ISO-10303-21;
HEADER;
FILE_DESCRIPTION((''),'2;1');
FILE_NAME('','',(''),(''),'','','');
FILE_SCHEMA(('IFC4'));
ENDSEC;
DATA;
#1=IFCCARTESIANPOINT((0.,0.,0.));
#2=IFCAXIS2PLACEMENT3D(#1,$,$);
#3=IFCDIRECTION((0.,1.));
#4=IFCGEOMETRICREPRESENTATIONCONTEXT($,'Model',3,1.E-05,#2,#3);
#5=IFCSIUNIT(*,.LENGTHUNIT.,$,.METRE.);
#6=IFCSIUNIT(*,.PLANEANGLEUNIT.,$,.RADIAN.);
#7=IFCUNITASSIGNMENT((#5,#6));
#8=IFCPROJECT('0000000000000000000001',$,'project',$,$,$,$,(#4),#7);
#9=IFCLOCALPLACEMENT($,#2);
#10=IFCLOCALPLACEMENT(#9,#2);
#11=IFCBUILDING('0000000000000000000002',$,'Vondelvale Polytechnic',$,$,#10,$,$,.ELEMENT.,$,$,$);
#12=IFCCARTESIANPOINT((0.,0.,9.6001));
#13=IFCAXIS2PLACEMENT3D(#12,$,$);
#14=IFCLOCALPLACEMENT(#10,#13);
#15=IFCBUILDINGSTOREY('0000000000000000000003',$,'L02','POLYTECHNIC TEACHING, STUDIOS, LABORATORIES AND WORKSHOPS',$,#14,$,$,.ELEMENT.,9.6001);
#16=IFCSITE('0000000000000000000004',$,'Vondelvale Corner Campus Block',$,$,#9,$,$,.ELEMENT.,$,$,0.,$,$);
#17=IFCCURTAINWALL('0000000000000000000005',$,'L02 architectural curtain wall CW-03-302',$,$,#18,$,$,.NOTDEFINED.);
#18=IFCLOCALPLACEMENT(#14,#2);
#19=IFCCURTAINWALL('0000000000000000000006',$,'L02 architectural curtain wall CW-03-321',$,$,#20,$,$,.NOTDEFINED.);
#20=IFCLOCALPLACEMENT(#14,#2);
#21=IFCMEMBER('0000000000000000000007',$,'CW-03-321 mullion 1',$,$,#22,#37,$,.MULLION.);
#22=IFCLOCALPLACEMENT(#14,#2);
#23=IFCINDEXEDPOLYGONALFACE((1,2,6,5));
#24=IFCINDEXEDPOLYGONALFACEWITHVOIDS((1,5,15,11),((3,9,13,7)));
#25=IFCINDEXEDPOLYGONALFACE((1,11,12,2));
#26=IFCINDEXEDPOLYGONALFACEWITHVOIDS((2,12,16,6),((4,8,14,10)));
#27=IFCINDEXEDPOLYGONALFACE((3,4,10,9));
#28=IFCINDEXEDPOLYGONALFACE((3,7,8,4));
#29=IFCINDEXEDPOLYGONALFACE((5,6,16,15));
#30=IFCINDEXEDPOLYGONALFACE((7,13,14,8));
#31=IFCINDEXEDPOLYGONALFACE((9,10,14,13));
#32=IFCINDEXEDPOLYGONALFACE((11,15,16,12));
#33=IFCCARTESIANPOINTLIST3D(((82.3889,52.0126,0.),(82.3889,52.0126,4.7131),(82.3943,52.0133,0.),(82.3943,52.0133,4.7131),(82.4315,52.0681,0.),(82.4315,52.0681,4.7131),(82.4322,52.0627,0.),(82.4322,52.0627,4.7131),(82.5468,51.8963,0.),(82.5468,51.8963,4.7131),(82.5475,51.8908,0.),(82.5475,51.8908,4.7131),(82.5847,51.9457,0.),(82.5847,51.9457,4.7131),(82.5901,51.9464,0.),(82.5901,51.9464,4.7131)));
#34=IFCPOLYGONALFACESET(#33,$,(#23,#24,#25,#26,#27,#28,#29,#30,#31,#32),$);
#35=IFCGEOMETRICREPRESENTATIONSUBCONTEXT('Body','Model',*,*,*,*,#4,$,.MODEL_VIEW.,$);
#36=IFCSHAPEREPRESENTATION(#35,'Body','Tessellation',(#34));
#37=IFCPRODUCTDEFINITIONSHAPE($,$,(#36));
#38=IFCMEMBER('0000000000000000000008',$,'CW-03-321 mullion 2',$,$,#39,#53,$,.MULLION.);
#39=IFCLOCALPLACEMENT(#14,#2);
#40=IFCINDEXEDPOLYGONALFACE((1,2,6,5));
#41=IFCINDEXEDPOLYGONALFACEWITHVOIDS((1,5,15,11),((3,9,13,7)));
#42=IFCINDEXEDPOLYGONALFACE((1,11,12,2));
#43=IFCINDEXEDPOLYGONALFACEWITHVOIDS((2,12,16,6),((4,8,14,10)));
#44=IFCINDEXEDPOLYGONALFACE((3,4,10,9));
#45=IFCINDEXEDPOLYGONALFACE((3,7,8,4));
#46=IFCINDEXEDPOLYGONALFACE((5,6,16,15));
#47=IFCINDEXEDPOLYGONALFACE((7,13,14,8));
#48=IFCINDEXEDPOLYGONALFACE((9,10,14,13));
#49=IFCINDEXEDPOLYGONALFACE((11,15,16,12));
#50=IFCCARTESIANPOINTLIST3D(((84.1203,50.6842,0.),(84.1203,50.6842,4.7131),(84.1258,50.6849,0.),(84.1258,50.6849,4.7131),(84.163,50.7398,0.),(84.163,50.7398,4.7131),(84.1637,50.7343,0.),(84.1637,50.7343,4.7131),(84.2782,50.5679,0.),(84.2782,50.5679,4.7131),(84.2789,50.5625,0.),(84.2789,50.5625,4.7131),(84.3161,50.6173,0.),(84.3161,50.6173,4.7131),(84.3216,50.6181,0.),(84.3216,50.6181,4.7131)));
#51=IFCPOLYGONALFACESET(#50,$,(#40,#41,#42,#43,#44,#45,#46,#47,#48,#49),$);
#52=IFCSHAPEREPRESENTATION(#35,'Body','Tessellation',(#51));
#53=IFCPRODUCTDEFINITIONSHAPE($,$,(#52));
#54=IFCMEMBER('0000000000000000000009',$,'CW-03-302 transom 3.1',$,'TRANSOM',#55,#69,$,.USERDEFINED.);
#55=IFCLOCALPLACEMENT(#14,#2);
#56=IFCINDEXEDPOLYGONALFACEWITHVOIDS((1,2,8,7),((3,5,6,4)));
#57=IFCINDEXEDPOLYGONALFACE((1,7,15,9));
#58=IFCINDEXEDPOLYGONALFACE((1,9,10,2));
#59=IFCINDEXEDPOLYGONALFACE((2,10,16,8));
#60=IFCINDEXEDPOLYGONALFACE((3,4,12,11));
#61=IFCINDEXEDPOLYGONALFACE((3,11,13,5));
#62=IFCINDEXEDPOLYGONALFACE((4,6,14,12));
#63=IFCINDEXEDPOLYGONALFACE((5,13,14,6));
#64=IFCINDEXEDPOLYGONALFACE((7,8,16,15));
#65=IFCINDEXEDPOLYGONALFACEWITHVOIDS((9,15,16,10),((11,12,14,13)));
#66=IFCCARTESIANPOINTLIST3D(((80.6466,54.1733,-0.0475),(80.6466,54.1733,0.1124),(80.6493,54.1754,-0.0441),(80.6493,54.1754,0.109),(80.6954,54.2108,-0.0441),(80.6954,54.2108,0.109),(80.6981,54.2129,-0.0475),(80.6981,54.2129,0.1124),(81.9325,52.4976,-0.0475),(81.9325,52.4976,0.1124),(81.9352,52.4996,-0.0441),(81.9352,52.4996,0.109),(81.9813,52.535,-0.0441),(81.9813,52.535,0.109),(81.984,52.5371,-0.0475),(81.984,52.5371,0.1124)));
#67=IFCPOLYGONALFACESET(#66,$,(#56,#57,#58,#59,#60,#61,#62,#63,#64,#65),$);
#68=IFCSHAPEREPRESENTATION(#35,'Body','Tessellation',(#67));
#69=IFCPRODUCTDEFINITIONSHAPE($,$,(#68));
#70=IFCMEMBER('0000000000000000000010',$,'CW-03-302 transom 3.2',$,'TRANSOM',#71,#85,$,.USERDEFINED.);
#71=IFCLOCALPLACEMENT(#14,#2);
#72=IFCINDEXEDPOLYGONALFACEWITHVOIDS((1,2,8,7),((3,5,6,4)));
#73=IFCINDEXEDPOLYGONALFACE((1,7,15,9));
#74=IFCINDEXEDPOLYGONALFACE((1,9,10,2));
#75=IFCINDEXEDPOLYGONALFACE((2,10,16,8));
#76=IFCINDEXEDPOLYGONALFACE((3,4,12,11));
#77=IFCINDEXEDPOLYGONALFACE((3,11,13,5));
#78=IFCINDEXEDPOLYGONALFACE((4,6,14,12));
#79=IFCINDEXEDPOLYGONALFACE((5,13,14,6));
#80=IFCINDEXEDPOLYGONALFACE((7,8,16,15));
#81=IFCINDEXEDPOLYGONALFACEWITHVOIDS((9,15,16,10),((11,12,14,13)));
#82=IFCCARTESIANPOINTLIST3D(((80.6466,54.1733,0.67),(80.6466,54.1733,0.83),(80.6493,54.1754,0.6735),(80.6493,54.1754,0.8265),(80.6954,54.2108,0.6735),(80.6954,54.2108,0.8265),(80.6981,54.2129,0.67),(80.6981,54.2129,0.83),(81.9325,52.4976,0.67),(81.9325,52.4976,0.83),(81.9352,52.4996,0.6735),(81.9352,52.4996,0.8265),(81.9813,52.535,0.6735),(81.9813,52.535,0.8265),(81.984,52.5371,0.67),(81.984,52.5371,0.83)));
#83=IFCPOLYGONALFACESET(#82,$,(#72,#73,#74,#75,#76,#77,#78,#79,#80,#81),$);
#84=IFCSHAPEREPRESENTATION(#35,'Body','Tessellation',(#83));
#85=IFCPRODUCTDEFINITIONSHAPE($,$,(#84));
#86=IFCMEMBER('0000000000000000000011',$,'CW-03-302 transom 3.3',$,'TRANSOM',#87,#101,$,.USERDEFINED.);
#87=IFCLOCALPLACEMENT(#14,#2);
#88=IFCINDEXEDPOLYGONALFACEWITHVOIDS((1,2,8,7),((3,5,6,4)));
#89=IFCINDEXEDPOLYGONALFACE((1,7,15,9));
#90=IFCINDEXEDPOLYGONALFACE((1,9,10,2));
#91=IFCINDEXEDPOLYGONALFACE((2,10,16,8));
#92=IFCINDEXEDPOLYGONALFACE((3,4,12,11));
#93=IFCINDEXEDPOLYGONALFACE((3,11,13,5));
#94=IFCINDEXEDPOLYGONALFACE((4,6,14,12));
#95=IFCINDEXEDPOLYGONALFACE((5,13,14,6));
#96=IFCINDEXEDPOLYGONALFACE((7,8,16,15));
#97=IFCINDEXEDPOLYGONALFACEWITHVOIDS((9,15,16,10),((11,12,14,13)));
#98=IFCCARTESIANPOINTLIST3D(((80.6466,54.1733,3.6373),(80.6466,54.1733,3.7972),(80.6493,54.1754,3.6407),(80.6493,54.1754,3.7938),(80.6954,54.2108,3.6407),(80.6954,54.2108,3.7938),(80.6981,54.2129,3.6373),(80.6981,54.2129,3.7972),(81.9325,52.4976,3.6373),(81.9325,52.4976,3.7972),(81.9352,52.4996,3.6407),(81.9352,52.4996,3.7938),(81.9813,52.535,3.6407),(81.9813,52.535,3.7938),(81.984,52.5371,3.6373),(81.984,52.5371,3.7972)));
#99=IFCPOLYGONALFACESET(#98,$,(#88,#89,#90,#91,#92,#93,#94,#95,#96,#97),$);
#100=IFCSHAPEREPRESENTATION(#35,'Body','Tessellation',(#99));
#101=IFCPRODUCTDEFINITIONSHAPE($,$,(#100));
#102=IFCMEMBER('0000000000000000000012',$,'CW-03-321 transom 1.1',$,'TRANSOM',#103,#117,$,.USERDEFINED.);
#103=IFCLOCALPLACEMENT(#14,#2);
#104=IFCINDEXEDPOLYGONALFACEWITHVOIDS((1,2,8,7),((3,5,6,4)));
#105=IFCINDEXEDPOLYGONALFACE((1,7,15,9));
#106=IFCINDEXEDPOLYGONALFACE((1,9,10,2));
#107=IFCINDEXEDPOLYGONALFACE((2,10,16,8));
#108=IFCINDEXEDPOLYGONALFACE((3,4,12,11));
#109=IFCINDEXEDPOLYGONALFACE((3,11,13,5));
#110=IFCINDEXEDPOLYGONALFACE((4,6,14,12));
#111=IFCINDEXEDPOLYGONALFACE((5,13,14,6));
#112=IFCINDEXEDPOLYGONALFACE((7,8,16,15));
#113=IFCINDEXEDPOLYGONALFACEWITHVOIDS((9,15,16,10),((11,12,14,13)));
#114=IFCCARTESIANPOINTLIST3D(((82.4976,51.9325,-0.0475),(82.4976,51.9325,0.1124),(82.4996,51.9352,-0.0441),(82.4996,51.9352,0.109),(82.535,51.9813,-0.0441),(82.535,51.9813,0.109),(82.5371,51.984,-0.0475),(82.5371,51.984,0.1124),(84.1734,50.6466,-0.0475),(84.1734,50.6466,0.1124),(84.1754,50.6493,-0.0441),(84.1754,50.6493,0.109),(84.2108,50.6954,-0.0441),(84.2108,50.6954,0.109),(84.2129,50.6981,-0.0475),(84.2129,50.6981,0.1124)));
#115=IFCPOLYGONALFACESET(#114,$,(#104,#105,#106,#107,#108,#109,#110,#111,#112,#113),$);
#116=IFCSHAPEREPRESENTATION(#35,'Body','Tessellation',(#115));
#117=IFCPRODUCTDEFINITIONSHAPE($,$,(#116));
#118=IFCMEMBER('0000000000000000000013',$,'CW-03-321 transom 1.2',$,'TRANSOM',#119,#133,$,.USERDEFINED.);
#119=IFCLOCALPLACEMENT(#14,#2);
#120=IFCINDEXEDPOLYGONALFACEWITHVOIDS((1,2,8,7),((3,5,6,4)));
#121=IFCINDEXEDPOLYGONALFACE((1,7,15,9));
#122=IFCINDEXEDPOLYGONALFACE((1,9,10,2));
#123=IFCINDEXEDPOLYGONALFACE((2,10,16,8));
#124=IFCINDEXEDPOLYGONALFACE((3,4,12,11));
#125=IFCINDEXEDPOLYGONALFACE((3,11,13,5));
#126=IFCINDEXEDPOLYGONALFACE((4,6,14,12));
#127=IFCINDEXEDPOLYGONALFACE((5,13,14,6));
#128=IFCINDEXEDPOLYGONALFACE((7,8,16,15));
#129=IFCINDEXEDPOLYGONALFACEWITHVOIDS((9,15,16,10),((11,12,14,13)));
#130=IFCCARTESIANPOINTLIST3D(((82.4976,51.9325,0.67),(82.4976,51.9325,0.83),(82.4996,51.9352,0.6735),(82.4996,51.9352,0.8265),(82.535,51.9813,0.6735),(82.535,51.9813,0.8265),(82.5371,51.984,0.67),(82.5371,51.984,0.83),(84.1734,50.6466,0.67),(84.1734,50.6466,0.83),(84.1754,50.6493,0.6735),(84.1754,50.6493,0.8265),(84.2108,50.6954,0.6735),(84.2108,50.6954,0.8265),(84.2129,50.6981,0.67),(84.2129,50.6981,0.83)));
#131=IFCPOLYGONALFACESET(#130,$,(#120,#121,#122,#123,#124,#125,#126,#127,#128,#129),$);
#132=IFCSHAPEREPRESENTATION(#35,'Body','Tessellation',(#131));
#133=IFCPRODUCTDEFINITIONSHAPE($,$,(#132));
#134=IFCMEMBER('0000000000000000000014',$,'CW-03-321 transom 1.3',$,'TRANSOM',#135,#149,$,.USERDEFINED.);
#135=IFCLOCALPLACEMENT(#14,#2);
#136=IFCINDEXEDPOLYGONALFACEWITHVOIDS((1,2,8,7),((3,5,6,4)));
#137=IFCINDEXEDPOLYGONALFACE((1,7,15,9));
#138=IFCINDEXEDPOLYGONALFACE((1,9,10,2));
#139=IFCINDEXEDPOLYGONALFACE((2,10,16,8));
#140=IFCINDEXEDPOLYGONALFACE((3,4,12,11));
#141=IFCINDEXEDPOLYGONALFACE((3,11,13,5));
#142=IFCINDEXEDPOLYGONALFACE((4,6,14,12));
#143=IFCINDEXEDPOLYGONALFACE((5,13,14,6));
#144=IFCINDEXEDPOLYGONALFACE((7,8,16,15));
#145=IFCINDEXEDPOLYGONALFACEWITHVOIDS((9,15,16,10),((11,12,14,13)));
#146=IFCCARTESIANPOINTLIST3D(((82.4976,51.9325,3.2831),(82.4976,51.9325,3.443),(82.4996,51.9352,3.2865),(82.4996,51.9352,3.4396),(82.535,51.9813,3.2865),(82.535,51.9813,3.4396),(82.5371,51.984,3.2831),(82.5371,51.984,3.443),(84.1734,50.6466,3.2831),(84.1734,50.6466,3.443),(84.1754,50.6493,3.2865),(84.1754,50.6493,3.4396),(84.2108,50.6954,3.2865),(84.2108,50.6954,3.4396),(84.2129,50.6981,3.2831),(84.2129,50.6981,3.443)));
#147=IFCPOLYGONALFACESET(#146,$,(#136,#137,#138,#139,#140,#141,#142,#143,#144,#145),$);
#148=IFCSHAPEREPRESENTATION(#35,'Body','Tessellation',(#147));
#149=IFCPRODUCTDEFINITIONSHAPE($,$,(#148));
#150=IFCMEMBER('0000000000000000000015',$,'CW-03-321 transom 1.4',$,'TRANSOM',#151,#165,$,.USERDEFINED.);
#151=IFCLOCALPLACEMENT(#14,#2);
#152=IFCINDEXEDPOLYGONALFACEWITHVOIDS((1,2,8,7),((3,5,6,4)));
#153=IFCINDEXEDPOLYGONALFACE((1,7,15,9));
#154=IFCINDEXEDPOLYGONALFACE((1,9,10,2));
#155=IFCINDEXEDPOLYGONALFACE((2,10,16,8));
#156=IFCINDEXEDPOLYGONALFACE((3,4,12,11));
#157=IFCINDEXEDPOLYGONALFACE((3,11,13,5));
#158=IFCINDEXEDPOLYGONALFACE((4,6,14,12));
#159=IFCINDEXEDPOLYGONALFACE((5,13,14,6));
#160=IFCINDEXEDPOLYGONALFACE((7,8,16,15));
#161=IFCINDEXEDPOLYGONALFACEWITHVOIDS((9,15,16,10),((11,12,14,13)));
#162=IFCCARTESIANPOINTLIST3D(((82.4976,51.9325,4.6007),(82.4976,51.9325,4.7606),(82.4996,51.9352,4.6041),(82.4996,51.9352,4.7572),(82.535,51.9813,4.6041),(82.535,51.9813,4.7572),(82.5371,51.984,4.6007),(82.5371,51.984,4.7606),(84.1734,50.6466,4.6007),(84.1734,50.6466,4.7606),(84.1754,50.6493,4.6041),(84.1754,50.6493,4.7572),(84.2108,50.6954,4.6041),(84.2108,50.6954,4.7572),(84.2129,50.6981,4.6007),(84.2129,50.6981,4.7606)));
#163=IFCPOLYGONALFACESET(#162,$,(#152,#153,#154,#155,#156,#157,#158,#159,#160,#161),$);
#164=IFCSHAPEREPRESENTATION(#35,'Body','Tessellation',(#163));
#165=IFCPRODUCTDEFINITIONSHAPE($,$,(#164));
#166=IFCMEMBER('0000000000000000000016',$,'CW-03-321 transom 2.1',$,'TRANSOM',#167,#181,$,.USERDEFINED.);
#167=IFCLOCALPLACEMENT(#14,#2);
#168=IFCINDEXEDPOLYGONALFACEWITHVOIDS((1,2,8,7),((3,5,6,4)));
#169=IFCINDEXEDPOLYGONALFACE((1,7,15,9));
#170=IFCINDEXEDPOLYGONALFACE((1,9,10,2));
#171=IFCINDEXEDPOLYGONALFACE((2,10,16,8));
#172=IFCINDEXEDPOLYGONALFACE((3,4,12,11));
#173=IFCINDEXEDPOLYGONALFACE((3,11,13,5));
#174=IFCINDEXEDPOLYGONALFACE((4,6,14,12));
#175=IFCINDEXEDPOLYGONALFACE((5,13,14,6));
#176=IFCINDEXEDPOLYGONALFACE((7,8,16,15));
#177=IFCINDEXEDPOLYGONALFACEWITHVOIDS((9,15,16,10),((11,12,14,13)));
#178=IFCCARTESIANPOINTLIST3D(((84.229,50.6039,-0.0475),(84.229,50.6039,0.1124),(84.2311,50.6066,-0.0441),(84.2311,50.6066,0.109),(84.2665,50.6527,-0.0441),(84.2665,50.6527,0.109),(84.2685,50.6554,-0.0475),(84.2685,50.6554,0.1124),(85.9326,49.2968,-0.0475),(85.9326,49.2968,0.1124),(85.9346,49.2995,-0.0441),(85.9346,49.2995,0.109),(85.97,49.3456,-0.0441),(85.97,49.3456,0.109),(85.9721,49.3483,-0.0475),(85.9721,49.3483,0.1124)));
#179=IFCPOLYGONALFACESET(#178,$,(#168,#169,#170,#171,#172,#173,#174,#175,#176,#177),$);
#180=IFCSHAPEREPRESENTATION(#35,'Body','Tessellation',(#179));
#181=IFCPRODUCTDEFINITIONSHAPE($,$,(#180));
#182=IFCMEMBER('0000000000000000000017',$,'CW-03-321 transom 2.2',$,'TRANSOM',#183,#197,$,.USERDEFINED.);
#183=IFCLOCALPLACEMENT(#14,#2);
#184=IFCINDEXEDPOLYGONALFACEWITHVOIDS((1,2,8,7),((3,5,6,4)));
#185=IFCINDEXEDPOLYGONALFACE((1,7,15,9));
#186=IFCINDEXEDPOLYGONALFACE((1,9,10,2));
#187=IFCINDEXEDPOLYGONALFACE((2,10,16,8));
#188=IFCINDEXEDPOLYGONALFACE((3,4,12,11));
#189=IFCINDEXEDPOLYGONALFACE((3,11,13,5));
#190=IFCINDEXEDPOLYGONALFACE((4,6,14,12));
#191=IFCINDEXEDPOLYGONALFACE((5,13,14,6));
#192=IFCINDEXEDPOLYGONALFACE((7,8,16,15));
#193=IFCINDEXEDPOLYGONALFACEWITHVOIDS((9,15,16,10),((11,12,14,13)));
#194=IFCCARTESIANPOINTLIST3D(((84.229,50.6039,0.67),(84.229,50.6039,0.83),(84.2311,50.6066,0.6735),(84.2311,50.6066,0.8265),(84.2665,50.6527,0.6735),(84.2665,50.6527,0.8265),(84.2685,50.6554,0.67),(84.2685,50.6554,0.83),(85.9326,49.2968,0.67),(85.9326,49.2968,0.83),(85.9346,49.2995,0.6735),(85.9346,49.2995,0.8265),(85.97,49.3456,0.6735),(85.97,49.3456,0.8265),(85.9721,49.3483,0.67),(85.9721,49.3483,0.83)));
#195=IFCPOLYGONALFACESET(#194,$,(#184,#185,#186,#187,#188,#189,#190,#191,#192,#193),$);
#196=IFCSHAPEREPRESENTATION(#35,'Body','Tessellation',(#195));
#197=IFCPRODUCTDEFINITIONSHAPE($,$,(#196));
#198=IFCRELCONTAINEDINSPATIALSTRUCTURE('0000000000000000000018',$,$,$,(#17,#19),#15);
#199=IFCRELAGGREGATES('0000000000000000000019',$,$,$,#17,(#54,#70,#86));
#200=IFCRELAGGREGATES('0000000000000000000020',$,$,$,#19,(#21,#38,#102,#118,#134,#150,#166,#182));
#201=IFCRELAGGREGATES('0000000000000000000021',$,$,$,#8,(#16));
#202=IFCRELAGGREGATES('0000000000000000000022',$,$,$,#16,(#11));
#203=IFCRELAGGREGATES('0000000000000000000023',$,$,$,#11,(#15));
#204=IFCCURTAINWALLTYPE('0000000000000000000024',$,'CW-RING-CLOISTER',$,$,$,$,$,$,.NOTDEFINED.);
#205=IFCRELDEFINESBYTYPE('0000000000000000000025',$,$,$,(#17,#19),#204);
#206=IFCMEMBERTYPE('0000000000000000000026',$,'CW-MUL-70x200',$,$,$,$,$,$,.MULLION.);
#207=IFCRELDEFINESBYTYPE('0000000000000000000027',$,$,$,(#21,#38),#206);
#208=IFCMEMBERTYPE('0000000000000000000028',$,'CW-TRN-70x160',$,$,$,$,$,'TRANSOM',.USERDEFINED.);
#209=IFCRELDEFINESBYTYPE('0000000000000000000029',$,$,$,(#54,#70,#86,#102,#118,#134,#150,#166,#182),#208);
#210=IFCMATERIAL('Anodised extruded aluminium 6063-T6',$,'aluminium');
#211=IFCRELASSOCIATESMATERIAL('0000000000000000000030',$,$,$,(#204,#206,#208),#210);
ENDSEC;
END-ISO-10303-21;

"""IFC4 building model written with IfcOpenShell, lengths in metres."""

from ifc_helpers import new_model, si_unit, direction, frame, origin, origin_2d, place, context, subcontext, project, spatial, hollow_rectangle, extrude, material, material_profile, profile_set, type_object, element, aggregate, save


model = new_model("IFC4")

# Units and contexts
model_context = context("Model", 3, precision=1e-05, world=origin(), true_north=direction((0.0, 1.0)))
body_context = subcontext(model_context, "Body", "Model", "MODEL_VIEW")
ifc_project = project(units=[si_unit("LENGTHUNIT", "METRE"), si_unit("PLANEANGLEUNIT", "RADIAN")], contexts=[model_context])

# Site, building, storey
site_placement = place(None, origin())
site = spatial("IfcSite", under=ifc_project, at=site_placement, Name="Vondelvale Corner Campus Block", CompositionType="ELEMENT", RefElevation=0.0)
building_placement = place(site_placement, origin())
building = spatial("IfcBuilding", under=site, at=building_placement, Name="Vondelvale Polytechnic", CompositionType="ELEMENT")
storey_placement = place(building_placement, frame((0.0, 0.0, 9.6001)))
storey = spatial("IfcBuildingStorey", under=building, at=storey_placement, Name="L02", Description="POLYTECHNIC TEACHING, STUDIOS, LABORATORIES AND WORKSHOPS", CompositionType="ELEMENT", Elevation=9.6001)

# Curtain walls, members
ifc_material_1 = material(Name="Anodised extruded aluminium 6063-T6", Category="aluminium")
curtain_wall_type = type_object("IfcCurtainWallType", Name="CW-RING-CLOISTER", PredefinedType="NOTDEFINED", material=ifc_material_1)
curtain_wall_1_placement = place(storey_placement, origin())
curtain_wall_1 = element("IfcCurtainWall", 1, at=curtain_wall_1_placement, inside=storey, type_object=curtain_wall_type, Name="L02 architectural curtain wall CW-03-302", PredefinedType="NOTDEFINED")
ifc_material_profile_1 = material_profile(ifc_material_1, hollow_rectangle(XDim=0.0701, YDim=0.2, WallThickness=0.0039, at=origin_2d()), Name="CW-MUL-200x70")
ifc_profile_set_1 = profile_set([ifc_material_profile_1], Name="Anodised extruded aluminium 6063-T6")
member_type_1 = type_object("IfcMemberType", Name="CW-MUL-70x200", PredefinedType="MULLION", material=ifc_profile_set_1)
curtain_wall_2_placement = place(storey_placement, origin())
curtain_wall_2 = element("IfcCurtainWall", 2, at=curtain_wall_2_placement, inside=storey, type_object=curtain_wall_type, Name="L02 architectural curtain wall CW-03-321", PredefinedType="NOTDEFINED")
member_1_placement = place(storey_placement, frame((82.4895, 51.9795, 0.0), z_axis=(0.0, 0.0, 1.0), x_axis=(0.608748, 0.793364, 0.0)))
member_1 = element("IfcMember", 3, at=member_1_placement, type_object=member_type_1, Name="CW-03-321 mullion 1", PredefinedType="MULLION", context=body_context, shape_type="SweptSolid", body=[
    extrude(hollow_rectangle(XDim=0.0701, YDim=0.2, WallThickness=0.0039, at=origin_2d()), origin(), (0.0, 0.0, 1.0), 4.7131),
])
member_2_placement = place(storey_placement, frame((84.2209, 50.6511, 0.0), z_axis=(0.0, 0.0, 1.0), x_axis=(0.608748, 0.793364, 0.0)))
member_2 = element("IfcMember", 4, at=member_2_placement, type_object=member_type_1, Name="CW-03-321 mullion 2", PredefinedType="MULLION", context=body_context, shape_type="SweptSolid", body=[
    extrude(hollow_rectangle(XDim=0.0701, YDim=0.2, WallThickness=0.0039, at=origin_2d()), origin(), (0.0, 0.0, 1.0), 4.7131),
])

# Members
ifc_material_profile_2 = material_profile(ifc_material_1, hollow_rectangle(XDim=0.0649, YDim=0.1599, WallThickness=0.0034, at=origin_2d()), Name="CW-TRN-160x65")
ifc_profile_set_2 = profile_set([ifc_material_profile_2], Name="Anodised extruded aluminium 6063-T6")
member_type_2 = type_object("IfcMemberType", Name="CW-TRN-70x160", ElementType="TRANSOM", PredefinedType="USERDEFINED", material=ifc_profile_set_2)
member_3_placement = place(storey_placement, frame((80.6724, 54.1931, 0.0325), z_axis=(0.608766, -0.79335, 0.0), x_axis=(0.79335, 0.608766, 0.0)))
member_3 = element("IfcMember", 5, at=member_3_placement, type_object=member_type_2, Name="CW-03-302 transom 3.1", ObjectType="TRANSOM", PredefinedType="USERDEFINED", context=body_context, shape_type="SweptSolid", body=[
    extrude(hollow_rectangle(XDim=0.0649, YDim=0.1599, WallThickness=0.0034, at=origin_2d()), origin(), (0.0, 0.0, 1.0), 2.1123),
])
member_4_placement = place(storey_placement, frame((80.6724, 54.1931, 0.75), z_axis=(0.608766, -0.79335, 0.0), x_axis=(0.79335, 0.608766, 0.0)))
member_4 = element("IfcMember", 6, at=member_4_placement, type_object=member_type_2, Name="CW-03-302 transom 3.2", ObjectType="TRANSOM", PredefinedType="USERDEFINED", context=body_context, shape_type="SweptSolid", body=[
    extrude(hollow_rectangle(XDim=0.0649, YDim=0.1599, WallThickness=0.0034, at=origin_2d()), origin(), (0.0, 0.0, 1.0), 2.1123),
])
member_5_placement = place(storey_placement, frame((80.6724, 54.1931, 3.7173), z_axis=(0.608766, -0.79335, 0.0), x_axis=(0.79335, 0.608766, 0.0)))
member_5 = element("IfcMember", 7, at=member_5_placement, type_object=member_type_2, Name="CW-03-302 transom 3.3", ObjectType="TRANSOM", PredefinedType="USERDEFINED", context=body_context, shape_type="SweptSolid", body=[
    extrude(hollow_rectangle(XDim=0.0649, YDim=0.1599, WallThickness=0.0034, at=origin_2d()), origin(), (0.0, 0.0, 1.0), 2.1123),
])
member_6_placement = place(storey_placement, frame((82.5173, 51.9583, 0.0325), z_axis=(0.79335, -0.608766, 0.0), x_axis=(0.608766, 0.79335, 0.0)))
member_6 = element("IfcMember", 8, at=member_6_placement, type_object=member_type_2, Name="CW-03-321 transom 1.1", ObjectType="TRANSOM", PredefinedType="USERDEFINED", context=body_context, shape_type="SweptSolid", body=[
    extrude(hollow_rectangle(XDim=0.0649, YDim=0.1599, WallThickness=0.0034, at=origin_2d()), origin(), (0.0, 0.0, 1.0), 2.1123),
])
member_7_placement = place(storey_placement, frame((82.5173, 51.9583, 0.75), z_axis=(0.79335, -0.608766, 0.0), x_axis=(0.608766, 0.79335, 0.0)))
member_7 = element("IfcMember", 9, at=member_7_placement, type_object=member_type_2, Name="CW-03-321 transom 1.2", ObjectType="TRANSOM", PredefinedType="USERDEFINED", context=body_context, shape_type="SweptSolid", body=[
    extrude(hollow_rectangle(XDim=0.0649, YDim=0.1599, WallThickness=0.0034, at=origin_2d()), origin(), (0.0, 0.0, 1.0), 2.1123),
])
member_8_placement = place(storey_placement, frame((82.5173, 51.9583, 3.363), z_axis=(0.79335, -0.608766, 0.0), x_axis=(0.608766, 0.79335, 0.0)))
member_8 = element("IfcMember", 10, at=member_8_placement, type_object=member_type_2, Name="CW-03-321 transom 1.3", ObjectType="TRANSOM", PredefinedType="USERDEFINED", context=body_context, shape_type="SweptSolid", body=[
    extrude(hollow_rectangle(XDim=0.0649, YDim=0.1599, WallThickness=0.0034, at=origin_2d()), origin(), (0.0, 0.0, 1.0), 2.1123),
])
member_9_placement = place(storey_placement, frame((82.5173, 51.9583, 4.6807), z_axis=(0.79335, -0.608766, 0.0), x_axis=(0.608766, 0.79335, 0.0)))
member_9 = element("IfcMember", 11, at=member_9_placement, type_object=member_type_2, Name="CW-03-321 transom 1.4", ObjectType="TRANSOM", PredefinedType="USERDEFINED", context=body_context, shape_type="SweptSolid", body=[
    extrude(hollow_rectangle(XDim=0.0649, YDim=0.1599, WallThickness=0.0034, at=origin_2d()), origin(), (0.0, 0.0, 1.0), 2.1123),
])
member_10_placement = place(storey_placement, frame((84.2488, 50.6296, 0.0325), z_axis=(0.793376, -0.608732, 0.0), x_axis=(0.608732, 0.793376, 0.0)))
member_10 = element("IfcMember", 12, at=member_10_placement, type_object=member_type_2, Name="CW-03-321 transom 2.1", ObjectType="TRANSOM", PredefinedType="USERDEFINED", context=body_context, shape_type="SweptSolid", body=[
    extrude(hollow_rectangle(XDim=0.0649, YDim=0.1599, WallThickness=0.0034, at=origin_2d()), origin(), (0.0, 0.0, 1.0), 2.1472),
])
member_11_placement = place(storey_placement, frame((84.2488, 50.6296, 0.75), z_axis=(0.793376, -0.608732, 0.0), x_axis=(0.608732, 0.793376, 0.0)))
member_11 = element("IfcMember", 13, at=member_11_placement, type_object=member_type_2, Name="CW-03-321 transom 2.2", ObjectType="TRANSOM", PredefinedType="USERDEFINED", context=body_context, shape_type="SweptSolid", body=[
    extrude(hollow_rectangle(XDim=0.0649, YDim=0.1599, WallThickness=0.0034, at=origin_2d()), origin(), (0.0, 0.0, 1.0), 2.1472),
])

aggregate(curtain_wall_1, [member_3, member_4, member_5])
aggregate(curtain_wall_2, [member_1, member_2, member_6, member_7, member_8, member_9, member_10, member_11])

save(model, "model.ifc")
